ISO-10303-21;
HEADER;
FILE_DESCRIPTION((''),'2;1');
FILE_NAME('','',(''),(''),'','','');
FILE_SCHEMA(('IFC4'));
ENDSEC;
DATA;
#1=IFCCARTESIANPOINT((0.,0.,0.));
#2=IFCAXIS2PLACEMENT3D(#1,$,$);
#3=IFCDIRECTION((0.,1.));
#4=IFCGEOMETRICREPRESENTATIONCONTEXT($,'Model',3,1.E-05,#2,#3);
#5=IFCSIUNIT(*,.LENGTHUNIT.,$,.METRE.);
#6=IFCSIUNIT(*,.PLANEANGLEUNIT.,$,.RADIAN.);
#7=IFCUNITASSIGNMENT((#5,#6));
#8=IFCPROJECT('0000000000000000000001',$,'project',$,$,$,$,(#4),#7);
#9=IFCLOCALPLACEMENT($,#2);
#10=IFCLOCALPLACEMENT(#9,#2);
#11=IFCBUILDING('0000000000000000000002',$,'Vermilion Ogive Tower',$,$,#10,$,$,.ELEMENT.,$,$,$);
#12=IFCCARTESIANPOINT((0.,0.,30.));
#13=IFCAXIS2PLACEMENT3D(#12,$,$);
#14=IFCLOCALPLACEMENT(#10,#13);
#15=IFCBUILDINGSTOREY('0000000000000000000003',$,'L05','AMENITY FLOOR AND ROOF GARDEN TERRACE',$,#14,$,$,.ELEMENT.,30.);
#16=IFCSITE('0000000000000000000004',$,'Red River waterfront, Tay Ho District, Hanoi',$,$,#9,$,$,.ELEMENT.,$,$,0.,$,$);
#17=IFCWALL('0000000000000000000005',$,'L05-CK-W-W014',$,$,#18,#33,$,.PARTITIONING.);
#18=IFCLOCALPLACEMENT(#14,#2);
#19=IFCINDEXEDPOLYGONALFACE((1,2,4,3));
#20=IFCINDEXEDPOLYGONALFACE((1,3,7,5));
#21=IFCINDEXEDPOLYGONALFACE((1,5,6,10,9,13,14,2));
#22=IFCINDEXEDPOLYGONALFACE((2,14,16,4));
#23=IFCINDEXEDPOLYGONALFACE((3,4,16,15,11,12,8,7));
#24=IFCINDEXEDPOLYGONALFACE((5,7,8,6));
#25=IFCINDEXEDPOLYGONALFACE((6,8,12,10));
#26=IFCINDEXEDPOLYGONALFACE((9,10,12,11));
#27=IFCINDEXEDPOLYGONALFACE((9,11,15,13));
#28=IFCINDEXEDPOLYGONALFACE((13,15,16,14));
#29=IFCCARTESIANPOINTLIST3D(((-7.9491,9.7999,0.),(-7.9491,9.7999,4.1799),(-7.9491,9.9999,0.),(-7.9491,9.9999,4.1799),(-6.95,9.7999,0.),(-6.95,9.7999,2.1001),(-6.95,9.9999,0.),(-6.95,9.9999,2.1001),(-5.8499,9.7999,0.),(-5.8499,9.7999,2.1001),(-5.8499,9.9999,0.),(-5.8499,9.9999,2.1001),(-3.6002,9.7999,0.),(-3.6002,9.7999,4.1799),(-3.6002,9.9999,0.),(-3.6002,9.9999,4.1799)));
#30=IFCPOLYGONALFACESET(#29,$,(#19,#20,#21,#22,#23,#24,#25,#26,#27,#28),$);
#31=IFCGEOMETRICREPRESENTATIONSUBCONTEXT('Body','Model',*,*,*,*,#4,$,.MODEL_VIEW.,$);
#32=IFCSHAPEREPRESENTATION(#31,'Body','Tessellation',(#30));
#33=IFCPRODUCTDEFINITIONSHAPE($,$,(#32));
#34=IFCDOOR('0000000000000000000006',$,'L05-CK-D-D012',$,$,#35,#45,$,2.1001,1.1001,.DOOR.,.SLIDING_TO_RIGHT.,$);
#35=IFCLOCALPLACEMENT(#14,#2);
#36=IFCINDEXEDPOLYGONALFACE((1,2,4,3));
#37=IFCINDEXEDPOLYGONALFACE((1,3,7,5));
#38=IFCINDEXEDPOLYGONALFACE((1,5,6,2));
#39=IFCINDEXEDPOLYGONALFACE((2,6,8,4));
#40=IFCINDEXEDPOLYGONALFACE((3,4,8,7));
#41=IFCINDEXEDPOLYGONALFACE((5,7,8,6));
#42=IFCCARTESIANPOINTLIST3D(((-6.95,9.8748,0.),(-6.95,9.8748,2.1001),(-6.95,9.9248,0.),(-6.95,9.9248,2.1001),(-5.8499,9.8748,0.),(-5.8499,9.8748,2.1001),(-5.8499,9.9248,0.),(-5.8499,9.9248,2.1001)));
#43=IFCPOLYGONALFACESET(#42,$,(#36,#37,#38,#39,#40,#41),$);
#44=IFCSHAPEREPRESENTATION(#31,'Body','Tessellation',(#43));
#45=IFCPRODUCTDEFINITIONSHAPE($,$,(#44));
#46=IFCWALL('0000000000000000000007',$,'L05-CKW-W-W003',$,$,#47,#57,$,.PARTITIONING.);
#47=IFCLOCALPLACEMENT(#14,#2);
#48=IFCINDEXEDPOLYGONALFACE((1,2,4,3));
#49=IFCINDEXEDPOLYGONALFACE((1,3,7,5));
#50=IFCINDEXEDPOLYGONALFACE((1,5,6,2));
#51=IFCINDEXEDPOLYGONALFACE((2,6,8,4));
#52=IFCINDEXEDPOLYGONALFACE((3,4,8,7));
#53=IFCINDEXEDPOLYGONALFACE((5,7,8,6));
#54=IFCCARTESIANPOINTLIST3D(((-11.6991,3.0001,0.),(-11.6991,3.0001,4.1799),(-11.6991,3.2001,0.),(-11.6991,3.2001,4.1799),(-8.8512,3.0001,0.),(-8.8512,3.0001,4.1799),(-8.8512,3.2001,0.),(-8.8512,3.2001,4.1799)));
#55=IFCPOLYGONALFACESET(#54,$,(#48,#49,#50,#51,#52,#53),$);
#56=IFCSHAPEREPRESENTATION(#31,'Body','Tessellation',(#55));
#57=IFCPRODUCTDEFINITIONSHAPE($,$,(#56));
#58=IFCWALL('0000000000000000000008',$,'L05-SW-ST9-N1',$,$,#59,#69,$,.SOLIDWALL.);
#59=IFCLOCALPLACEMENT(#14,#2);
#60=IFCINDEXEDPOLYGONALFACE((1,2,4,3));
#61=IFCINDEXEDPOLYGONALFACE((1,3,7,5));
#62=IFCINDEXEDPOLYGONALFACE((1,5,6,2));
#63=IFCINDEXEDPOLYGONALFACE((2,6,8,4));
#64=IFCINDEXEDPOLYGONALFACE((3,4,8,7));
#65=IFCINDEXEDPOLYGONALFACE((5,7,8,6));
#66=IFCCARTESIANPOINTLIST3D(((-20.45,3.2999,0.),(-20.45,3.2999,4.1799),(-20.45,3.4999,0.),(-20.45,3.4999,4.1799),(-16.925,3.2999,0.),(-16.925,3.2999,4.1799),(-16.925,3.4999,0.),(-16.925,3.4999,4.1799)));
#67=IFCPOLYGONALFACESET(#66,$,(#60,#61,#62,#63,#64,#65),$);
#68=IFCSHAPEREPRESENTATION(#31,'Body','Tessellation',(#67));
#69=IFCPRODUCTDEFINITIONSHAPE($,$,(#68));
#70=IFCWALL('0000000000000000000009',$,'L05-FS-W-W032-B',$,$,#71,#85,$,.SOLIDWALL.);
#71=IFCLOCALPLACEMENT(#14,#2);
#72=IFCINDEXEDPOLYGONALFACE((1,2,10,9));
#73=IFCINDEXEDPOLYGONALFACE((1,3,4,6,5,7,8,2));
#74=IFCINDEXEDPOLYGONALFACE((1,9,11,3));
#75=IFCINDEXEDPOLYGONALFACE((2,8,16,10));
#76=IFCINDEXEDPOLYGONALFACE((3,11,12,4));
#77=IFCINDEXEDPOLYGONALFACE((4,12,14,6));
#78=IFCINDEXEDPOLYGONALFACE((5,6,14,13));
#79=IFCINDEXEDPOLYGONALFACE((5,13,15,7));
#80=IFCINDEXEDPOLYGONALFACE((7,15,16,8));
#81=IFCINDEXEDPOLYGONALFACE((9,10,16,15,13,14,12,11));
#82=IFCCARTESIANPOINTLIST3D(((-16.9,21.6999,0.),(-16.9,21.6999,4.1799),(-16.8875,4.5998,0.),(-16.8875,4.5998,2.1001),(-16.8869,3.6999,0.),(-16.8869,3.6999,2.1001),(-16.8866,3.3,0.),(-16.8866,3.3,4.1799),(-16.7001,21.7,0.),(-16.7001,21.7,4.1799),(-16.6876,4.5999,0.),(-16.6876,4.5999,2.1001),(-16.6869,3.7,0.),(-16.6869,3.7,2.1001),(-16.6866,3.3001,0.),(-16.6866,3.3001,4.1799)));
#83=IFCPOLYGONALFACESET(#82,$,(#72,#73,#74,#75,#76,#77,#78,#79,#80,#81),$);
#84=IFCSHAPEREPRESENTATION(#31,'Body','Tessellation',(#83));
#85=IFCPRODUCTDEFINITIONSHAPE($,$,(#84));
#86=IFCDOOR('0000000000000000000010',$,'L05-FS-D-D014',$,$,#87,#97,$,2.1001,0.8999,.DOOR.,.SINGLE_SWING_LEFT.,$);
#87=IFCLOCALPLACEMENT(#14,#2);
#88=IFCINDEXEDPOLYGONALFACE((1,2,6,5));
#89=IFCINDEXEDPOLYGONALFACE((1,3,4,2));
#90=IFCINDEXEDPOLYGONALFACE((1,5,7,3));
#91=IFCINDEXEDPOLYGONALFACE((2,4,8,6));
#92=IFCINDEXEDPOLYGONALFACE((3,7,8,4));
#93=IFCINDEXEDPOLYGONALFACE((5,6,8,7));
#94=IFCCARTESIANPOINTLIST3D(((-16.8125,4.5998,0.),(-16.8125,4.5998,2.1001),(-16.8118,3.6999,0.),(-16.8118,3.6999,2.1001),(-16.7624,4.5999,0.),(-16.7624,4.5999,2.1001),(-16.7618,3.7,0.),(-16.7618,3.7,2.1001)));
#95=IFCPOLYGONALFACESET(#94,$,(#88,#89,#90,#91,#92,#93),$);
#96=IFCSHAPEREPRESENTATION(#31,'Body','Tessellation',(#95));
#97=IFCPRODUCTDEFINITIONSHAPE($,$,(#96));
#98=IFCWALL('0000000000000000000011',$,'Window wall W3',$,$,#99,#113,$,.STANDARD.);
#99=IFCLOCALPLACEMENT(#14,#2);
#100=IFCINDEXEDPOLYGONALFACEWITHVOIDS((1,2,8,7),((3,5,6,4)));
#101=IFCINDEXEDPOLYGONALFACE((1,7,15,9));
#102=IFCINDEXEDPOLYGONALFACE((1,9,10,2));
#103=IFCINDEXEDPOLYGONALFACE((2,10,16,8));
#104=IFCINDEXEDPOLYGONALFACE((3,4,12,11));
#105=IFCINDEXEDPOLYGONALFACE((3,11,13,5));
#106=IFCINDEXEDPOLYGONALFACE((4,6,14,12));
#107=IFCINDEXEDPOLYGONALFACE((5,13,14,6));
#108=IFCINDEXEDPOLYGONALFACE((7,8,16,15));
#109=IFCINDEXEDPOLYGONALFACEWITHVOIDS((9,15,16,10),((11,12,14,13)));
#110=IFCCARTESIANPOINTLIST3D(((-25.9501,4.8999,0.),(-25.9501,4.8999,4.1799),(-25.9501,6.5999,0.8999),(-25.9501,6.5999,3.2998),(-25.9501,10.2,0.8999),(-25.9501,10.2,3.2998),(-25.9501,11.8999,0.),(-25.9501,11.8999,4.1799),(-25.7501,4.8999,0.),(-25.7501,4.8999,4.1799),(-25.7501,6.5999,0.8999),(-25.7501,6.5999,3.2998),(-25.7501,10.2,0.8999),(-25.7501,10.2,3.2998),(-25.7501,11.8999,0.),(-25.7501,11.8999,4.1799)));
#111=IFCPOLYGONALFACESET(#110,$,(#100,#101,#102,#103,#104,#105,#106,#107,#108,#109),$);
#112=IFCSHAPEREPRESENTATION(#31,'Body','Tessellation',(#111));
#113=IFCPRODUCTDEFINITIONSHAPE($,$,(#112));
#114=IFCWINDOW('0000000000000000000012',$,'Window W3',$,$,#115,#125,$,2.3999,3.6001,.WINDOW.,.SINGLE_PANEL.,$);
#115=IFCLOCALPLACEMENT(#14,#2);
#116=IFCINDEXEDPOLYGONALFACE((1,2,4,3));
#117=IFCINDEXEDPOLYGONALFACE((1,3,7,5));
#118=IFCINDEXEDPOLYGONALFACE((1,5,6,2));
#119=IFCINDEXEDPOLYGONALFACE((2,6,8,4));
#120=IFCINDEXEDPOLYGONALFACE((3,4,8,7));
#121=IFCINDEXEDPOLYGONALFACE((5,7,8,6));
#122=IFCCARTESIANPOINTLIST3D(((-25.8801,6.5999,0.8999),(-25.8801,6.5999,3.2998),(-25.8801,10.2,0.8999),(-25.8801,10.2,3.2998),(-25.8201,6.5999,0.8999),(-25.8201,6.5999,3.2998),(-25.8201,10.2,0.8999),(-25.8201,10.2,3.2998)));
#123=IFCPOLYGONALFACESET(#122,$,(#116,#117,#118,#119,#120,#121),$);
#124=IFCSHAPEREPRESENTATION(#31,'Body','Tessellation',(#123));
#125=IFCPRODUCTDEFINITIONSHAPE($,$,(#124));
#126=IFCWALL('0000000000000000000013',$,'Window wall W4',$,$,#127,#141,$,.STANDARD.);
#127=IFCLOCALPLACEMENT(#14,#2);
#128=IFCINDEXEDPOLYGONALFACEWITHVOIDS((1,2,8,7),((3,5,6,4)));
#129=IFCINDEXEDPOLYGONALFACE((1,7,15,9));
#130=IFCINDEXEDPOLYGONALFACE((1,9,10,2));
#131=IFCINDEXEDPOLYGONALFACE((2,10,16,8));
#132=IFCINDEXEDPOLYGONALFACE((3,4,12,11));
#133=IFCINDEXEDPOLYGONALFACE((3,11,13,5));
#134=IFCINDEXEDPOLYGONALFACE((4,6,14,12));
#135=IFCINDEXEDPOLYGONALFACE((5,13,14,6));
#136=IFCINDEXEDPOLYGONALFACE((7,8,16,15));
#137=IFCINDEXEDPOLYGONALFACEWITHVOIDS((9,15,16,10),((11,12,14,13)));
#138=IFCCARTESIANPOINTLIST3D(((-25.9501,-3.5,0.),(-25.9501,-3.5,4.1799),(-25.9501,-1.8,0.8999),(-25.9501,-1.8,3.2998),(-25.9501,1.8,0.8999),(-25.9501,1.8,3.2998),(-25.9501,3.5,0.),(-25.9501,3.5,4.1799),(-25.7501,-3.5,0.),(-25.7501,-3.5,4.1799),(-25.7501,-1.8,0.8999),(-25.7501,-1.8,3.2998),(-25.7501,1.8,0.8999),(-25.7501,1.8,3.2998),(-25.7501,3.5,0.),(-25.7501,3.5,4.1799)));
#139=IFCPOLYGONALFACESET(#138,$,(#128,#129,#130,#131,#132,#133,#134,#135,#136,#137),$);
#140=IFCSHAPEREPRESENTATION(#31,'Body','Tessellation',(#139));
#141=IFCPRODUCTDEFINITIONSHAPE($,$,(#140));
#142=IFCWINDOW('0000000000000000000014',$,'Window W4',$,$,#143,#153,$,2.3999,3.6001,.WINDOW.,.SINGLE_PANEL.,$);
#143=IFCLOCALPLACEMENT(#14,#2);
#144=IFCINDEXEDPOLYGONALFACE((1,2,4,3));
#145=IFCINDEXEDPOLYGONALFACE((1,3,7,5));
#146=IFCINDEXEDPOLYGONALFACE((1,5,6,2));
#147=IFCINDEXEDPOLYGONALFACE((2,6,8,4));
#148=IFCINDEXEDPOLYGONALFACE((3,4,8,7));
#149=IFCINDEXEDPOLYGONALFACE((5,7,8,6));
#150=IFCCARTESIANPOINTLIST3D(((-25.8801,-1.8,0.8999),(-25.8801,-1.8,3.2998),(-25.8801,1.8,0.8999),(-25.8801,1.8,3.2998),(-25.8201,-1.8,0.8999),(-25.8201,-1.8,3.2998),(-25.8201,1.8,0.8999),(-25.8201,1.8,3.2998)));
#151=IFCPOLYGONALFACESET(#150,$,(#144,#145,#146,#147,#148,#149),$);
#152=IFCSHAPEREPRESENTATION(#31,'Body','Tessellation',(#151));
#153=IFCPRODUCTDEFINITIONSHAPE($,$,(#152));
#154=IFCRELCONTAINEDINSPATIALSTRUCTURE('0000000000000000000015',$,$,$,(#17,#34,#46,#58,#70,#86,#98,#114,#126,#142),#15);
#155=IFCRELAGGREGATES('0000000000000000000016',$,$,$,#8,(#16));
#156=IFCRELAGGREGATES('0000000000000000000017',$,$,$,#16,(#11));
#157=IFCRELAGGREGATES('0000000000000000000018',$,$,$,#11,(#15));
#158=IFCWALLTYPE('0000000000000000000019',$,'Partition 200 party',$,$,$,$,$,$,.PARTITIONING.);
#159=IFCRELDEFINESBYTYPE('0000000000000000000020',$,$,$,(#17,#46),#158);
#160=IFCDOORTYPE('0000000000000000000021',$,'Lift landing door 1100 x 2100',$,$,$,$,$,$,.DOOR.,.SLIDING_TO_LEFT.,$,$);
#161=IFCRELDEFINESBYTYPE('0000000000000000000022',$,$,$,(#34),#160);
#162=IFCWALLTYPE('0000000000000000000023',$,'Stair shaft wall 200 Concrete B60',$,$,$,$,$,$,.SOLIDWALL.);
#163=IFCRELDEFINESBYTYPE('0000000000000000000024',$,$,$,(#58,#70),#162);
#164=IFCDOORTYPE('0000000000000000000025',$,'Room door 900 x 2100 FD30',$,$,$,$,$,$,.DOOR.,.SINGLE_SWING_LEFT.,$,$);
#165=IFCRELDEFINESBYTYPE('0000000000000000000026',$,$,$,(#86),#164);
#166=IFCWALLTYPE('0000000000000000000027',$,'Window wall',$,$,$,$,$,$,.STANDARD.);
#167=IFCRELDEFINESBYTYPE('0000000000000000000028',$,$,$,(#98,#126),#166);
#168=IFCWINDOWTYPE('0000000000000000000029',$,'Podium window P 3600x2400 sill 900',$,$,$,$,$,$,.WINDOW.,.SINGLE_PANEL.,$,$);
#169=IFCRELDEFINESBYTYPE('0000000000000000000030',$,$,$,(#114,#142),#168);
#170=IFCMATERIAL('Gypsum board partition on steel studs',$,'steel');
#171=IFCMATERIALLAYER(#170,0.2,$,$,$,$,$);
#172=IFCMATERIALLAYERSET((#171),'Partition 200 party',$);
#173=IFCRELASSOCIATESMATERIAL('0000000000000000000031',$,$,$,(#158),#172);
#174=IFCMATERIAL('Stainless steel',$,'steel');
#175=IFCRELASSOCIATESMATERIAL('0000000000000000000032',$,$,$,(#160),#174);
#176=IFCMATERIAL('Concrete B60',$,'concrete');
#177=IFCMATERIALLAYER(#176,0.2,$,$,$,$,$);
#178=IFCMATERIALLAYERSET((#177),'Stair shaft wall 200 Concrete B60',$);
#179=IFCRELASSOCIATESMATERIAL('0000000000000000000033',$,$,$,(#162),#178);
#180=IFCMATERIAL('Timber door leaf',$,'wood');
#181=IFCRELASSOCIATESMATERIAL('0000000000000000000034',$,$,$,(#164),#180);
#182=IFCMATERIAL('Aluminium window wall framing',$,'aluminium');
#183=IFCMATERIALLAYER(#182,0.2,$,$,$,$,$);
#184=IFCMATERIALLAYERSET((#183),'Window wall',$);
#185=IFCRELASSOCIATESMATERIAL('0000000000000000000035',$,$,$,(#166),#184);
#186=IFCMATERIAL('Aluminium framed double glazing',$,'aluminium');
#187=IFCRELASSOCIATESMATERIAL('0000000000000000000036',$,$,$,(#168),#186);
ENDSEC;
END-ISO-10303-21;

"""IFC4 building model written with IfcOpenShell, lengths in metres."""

from ifc_helpers import new_model, si_unit, direction, frame, frame_2d, origin, place, context, subcontext, project, spatial, rectangle, extrude, material, layer, layer_set, type_object, element, fill, save


model = new_model("IFC4")

# Units and contexts
model_context = context("Model", 3, precision=1e-05, world=origin(), true_north=direction((0.0, 1.0)))
body_context = subcontext(model_context, "Body", "Model", "MODEL_VIEW")
ifc_project = project(units=[si_unit("LENGTHUNIT", "METRE"), si_unit("PLANEANGLEUNIT", "RADIAN")], contexts=[model_context])

# Site, building, storey
site_placement = place(None, origin())
site = spatial("IfcSite", under=ifc_project, at=site_placement, Name="Red River waterfront, Tay Ho District, Hanoi", CompositionType="ELEMENT", RefElevation=0.0)
building_placement = place(site_placement, origin())
building = spatial("IfcBuilding", under=site, at=building_placement, Name="Vermilion Ogive Tower", CompositionType="ELEMENT")
storey_placement = place(building_placement, frame((0.0, 0.0, 30.0)))
storey = spatial("IfcBuildingStorey", under=building, at=storey_placement, Name="L05", Description="AMENITY FLOOR AND ROOF GARDEN TERRACE", CompositionType="ELEMENT", Elevation=30.0)

# Shared definitions
ifc_material_1 = material(Name="Gypsum board partition on steel studs", Category="steel")
ifc_layer_1 = layer(ifc_material_1, 0.2)
ifc_layer_set_1 = layer_set([ifc_layer_1], Name="Partition 200 party")
wall_type_1 = type_object("IfcWallType", Name="Partition 200 party", PredefinedType="PARTITIONING", material=ifc_layer_set_1)

# Wall, opening, door
wall_1_placement = place(storey_placement, frame((-7.949, 9.8999, 0.0), z_axis=(0.0, 0.0, 1.0), x_axis=(1.0, 0.0, 0.0)))
wall_1 = element("IfcWall", 1, at=wall_1_placement, inside=storey, type_object=wall_type_1, Name="L05-CK-W-W014", PredefinedType="PARTITIONING", context=body_context, shape_type="SweptSolid", body=[
    extrude(rectangle(XDim=4.3489, YDim=0.2, at=frame_2d((2.1743, 0.0))), origin(), (0.0, 0.0, 1.0), 4.1799),
])
opening_1_placement = place(wall_1_placement, frame((0.999, 0.0, 0.0)))
opening_1 = element("IfcOpeningElement", 2, at=opening_1_placement, cuts=wall_1, PredefinedType="OPENING", context=body_context, shape_type="SweptSolid", body=[
    extrude(rectangle(XDim=1.1001, YDim=2.1001, at=frame_2d((0.55, 1.05))), frame((0.0, 0.1099, 0.0), z_axis=(0.0, -1.0, 0.0), x_axis=(1.0, 0.0, 0.0)), (0.0, 0.0, 1.0), 0.22),
])
ifc_material_2 = material(Name="Stainless steel", Category="steel")
door_type_1 = type_object("IfcDoorType", Name="Lift landing door 1100 x 2100", OperationType="SLIDING_TO_LEFT", PredefinedType="DOOR", material=ifc_material_2)
door_1_placement = place(opening_1_placement, origin())
door_1 = element("IfcDoor", 3, at=door_1_placement, inside=storey, type_object=door_type_1, Name="L05-CK-D-D012", OperationType="SLIDING_TO_RIGHT", OverallHeight=2.1001, OverallWidth=1.1001, PredefinedType="DOOR", context=body_context, shape_type="SweptSolid", body=[
    extrude(rectangle(XDim=1.1001, YDim=2.1001, at=frame_2d((0.55, 1.05))), frame((0.0, 0.0249, 0.0), z_axis=(0.0, -1.0, 0.0), x_axis=(1.0, 0.0, 0.0)), (0.0, 0.0, 1.0), 0.05),
])
fill(opening_1, door_1)

# Walls
wall_2_placement = place(storey_placement, frame((-11.699, 3.1001, 0.0), z_axis=(0.0, 0.0, 1.0), x_axis=(1.0, 0.0, 0.0)))
element("IfcWall", 4, at=wall_2_placement, inside=storey, type_object=wall_type_1, Name="L05-CKW-W-W003", PredefinedType="PARTITIONING", context=body_context, shape_type="SweptSolid", body=[
    extrude(rectangle(XDim=2.8479, YDim=0.2, at=frame_2d((1.4238, 0.0))), origin(), (0.0, 0.0, 1.0), 4.1799),
])
ifc_material_3 = material(Name="Concrete B60", Category="concrete")
ifc_layer_2 = layer(ifc_material_3, 0.2)
ifc_layer_set_2 = layer_set([ifc_layer_2], Name="Stair shaft wall 200 Concrete B60")
wall_type_2 = type_object("IfcWallType", Name="Stair shaft wall 200 Concrete B60", PredefinedType="SOLIDWALL", material=ifc_layer_set_2)
wall_3_placement = place(storey_placement, frame((-20.45, 3.3999, 0.0), z_axis=(0.0, 0.0, 1.0), x_axis=(1.0, 0.0, 0.0)))
element("IfcWall", 5, at=wall_3_placement, inside=storey, type_object=wall_type_2, Name="L05-SW-ST9-N1", PredefinedType="SOLIDWALL", context=body_context, shape_type="SweptSolid", body=[
    extrude(rectangle(XDim=3.5249, YDim=0.2, at=frame_2d((1.7625, 0.0))), origin(), (0.0, 0.0, 1.0), 4.1799),
])

# Wall, opening, door
wall_4_placement = place(storey_placement, frame((-16.7866, 3.3, 0.0), z_axis=(0.0, 0.0, 1.0), x_axis=(-0.00073, 1.0, 0.0)))
wall_4 = element("IfcWall", 6, at=wall_4_placement, inside=storey, type_object=wall_type_2, Name="L05-FS-W-W032-B", PredefinedType="SOLIDWALL", context=body_context, shape_type="SweptSolid", body=[
    extrude(rectangle(XDim=18.3999, YDim=0.2, at=frame_2d((9.2, 0.0))), origin(), (0.0, 0.0, 1.0), 4.1799),
])
opening_2_placement = place(wall_4_placement, frame((0.3999, 0.0, 0.0)))
opening_2 = element("IfcOpeningElement", 7, at=opening_2_placement, cuts=wall_4, PredefinedType="OPENING", context=body_context, shape_type="SweptSolid", body=[
    extrude(rectangle(XDim=0.8999, YDim=2.1001, at=frame_2d((0.45, 1.05))), frame((0.0, 0.1099, 0.0), z_axis=(0.0, -1.0, 0.0), x_axis=(1.0, 0.0, 0.0)), (0.0, 0.0, 1.0), 0.22),
])
ifc_material_4 = material(Name="Timber door leaf", Category="wood")
door_type_2 = type_object("IfcDoorType", Name="Room door 900 x 2100 FD30", OperationType="SINGLE_SWING_LEFT", PredefinedType="DOOR", material=ifc_material_4)
door_2_placement = place(opening_2_placement, origin())
door_2 = element("IfcDoor", 8, at=door_2_placement, inside=storey, type_object=door_type_2, Name="L05-FS-D-D014", OperationType="SINGLE_SWING_LEFT", OverallHeight=2.1001, OverallWidth=0.8999, PredefinedType="DOOR", context=body_context, shape_type="SweptSolid", body=[
    extrude(rectangle(XDim=0.8999, YDim=2.1001, at=frame_2d((0.45, 1.05))), frame((0.0, 0.0249, 0.0), z_axis=(0.0, -1.0, 0.0), x_axis=(1.0, 0.0, 0.0)), (0.0, 0.0, 1.0), 0.05),
])
fill(opening_2, door_2)

# Walls, openings, windows
ifc_material_5 = material(Name="Aluminium window wall framing", Category="aluminium")
ifc_layer_3 = layer(ifc_material_5, 0.2)
ifc_layer_set_3 = layer_set([ifc_layer_3], Name="Window wall")
wall_type_3 = type_object("IfcWallType", Name="Window wall", PredefinedType="STANDARD", material=ifc_layer_set_3)
wall_5_placement = place(storey_placement, frame((-25.8501, 11.8999, 0.0), z_axis=(0.0, 0.0, 1.0), x_axis=(0.0, -1.0, 0.0)))
wall_5 = element("IfcWall", 9, at=wall_5_placement, inside=storey, type_object=wall_type_3, Name="Window wall W3", PredefinedType="STANDARD", context=body_context, shape_type="SweptSolid", body=[
    extrude(rectangle(XDim=7.0, YDim=0.2, at=frame_2d((3.5, 0.0))), origin(), (0.0, 0.0, 1.0), 4.1799),
])
opening_3_placement = place(wall_5_placement, frame((1.7, 0.0, 0.8999)))
opening_3 = element("IfcOpeningElement", 10, at=opening_3_placement, cuts=wall_5, PredefinedType="OPENING", context=body_context, shape_type="SweptSolid", body=[
    extrude(rectangle(XDim=3.6001, YDim=2.3999, at=frame_2d((1.8, 1.2))), frame((0.0, 0.1099, 0.0), z_axis=(0.0, -1.0, 0.0), x_axis=(1.0, 0.0, 0.0)), (0.0, 0.0, 1.0), 0.22),
])
ifc_material_6 = material(Name="Aluminium framed double glazing", Category="aluminium")
window_type = type_object("IfcWindowType", Name="Podium window P 3600x2400 sill 900", PartitioningType="SINGLE_PANEL", PredefinedType="WINDOW", material=ifc_material_6)
window_1_placement = place(opening_3_placement, origin())
window_1 = element("IfcWindow", 11, at=window_1_placement, inside=storey, type_object=window_type, Name="Window W3", OverallHeight=2.3999, OverallWidth=3.6001, PartitioningType="SINGLE_PANEL", PredefinedType="WINDOW", context=body_context, shape_type="SweptSolid", body=[
    extrude(rectangle(XDim=3.6001, YDim=2.3999, at=frame_2d((1.8, 1.2))), frame((0.0, 0.03, 0.0), z_axis=(0.0, -1.0, 0.0), x_axis=(1.0, 0.0, 0.0)), (0.0, 0.0, 1.0), 0.0601),
])
fill(opening_3, window_1)
wall_6_placement = place(storey_placement, frame((-25.8501, 3.5, 0.0), z_axis=(0.0, 0.0, 1.0), x_axis=(0.0, -1.0, 0.0)))
wall_6 = element("IfcWall", 12, at=wall_6_placement, inside=storey, type_object=wall_type_3, Name="Window wall W4", PredefinedType="STANDARD", context=body_context, shape_type="SweptSolid", body=[
    extrude(rectangle(XDim=7.0, YDim=0.2, at=frame_2d((3.5, 0.0))), origin(), (0.0, 0.0, 1.0), 4.1799),
])
opening_4_placement = place(wall_6_placement, frame((1.7, 0.0, 0.8999)))
opening_4 = element("IfcOpeningElement", 13, at=opening_4_placement, cuts=wall_6, PredefinedType="OPENING", context=body_context, shape_type="SweptSolid", body=[
    extrude(rectangle(XDim=3.6001, YDim=2.3999, at=frame_2d((1.8, 1.2))), frame((0.0, 0.1099, 0.0), z_axis=(0.0, -1.0, 0.0), x_axis=(1.0, 0.0, 0.0)), (0.0, 0.0, 1.0), 0.22),
])
window_2_placement = place(opening_4_placement, origin())
window_2 = element("IfcWindow", 14, at=window_2_placement, inside=storey, type_object=window_type, Name="Window W4", OverallHeight=2.3999, OverallWidth=3.6001, PartitioningType="SINGLE_PANEL", PredefinedType="WINDOW", context=body_context, shape_type="SweptSolid", body=[
    extrude(rectangle(XDim=3.6001, YDim=2.3999, at=frame_2d((1.8, 1.2))), frame((0.0, 0.03, 0.0), z_axis=(0.0, -1.0, 0.0), x_axis=(1.0, 0.0, 0.0)), (0.0, 0.0, 1.0), 0.0601),
])
fill(opening_4, window_2)

save(model, "model.ifc")
